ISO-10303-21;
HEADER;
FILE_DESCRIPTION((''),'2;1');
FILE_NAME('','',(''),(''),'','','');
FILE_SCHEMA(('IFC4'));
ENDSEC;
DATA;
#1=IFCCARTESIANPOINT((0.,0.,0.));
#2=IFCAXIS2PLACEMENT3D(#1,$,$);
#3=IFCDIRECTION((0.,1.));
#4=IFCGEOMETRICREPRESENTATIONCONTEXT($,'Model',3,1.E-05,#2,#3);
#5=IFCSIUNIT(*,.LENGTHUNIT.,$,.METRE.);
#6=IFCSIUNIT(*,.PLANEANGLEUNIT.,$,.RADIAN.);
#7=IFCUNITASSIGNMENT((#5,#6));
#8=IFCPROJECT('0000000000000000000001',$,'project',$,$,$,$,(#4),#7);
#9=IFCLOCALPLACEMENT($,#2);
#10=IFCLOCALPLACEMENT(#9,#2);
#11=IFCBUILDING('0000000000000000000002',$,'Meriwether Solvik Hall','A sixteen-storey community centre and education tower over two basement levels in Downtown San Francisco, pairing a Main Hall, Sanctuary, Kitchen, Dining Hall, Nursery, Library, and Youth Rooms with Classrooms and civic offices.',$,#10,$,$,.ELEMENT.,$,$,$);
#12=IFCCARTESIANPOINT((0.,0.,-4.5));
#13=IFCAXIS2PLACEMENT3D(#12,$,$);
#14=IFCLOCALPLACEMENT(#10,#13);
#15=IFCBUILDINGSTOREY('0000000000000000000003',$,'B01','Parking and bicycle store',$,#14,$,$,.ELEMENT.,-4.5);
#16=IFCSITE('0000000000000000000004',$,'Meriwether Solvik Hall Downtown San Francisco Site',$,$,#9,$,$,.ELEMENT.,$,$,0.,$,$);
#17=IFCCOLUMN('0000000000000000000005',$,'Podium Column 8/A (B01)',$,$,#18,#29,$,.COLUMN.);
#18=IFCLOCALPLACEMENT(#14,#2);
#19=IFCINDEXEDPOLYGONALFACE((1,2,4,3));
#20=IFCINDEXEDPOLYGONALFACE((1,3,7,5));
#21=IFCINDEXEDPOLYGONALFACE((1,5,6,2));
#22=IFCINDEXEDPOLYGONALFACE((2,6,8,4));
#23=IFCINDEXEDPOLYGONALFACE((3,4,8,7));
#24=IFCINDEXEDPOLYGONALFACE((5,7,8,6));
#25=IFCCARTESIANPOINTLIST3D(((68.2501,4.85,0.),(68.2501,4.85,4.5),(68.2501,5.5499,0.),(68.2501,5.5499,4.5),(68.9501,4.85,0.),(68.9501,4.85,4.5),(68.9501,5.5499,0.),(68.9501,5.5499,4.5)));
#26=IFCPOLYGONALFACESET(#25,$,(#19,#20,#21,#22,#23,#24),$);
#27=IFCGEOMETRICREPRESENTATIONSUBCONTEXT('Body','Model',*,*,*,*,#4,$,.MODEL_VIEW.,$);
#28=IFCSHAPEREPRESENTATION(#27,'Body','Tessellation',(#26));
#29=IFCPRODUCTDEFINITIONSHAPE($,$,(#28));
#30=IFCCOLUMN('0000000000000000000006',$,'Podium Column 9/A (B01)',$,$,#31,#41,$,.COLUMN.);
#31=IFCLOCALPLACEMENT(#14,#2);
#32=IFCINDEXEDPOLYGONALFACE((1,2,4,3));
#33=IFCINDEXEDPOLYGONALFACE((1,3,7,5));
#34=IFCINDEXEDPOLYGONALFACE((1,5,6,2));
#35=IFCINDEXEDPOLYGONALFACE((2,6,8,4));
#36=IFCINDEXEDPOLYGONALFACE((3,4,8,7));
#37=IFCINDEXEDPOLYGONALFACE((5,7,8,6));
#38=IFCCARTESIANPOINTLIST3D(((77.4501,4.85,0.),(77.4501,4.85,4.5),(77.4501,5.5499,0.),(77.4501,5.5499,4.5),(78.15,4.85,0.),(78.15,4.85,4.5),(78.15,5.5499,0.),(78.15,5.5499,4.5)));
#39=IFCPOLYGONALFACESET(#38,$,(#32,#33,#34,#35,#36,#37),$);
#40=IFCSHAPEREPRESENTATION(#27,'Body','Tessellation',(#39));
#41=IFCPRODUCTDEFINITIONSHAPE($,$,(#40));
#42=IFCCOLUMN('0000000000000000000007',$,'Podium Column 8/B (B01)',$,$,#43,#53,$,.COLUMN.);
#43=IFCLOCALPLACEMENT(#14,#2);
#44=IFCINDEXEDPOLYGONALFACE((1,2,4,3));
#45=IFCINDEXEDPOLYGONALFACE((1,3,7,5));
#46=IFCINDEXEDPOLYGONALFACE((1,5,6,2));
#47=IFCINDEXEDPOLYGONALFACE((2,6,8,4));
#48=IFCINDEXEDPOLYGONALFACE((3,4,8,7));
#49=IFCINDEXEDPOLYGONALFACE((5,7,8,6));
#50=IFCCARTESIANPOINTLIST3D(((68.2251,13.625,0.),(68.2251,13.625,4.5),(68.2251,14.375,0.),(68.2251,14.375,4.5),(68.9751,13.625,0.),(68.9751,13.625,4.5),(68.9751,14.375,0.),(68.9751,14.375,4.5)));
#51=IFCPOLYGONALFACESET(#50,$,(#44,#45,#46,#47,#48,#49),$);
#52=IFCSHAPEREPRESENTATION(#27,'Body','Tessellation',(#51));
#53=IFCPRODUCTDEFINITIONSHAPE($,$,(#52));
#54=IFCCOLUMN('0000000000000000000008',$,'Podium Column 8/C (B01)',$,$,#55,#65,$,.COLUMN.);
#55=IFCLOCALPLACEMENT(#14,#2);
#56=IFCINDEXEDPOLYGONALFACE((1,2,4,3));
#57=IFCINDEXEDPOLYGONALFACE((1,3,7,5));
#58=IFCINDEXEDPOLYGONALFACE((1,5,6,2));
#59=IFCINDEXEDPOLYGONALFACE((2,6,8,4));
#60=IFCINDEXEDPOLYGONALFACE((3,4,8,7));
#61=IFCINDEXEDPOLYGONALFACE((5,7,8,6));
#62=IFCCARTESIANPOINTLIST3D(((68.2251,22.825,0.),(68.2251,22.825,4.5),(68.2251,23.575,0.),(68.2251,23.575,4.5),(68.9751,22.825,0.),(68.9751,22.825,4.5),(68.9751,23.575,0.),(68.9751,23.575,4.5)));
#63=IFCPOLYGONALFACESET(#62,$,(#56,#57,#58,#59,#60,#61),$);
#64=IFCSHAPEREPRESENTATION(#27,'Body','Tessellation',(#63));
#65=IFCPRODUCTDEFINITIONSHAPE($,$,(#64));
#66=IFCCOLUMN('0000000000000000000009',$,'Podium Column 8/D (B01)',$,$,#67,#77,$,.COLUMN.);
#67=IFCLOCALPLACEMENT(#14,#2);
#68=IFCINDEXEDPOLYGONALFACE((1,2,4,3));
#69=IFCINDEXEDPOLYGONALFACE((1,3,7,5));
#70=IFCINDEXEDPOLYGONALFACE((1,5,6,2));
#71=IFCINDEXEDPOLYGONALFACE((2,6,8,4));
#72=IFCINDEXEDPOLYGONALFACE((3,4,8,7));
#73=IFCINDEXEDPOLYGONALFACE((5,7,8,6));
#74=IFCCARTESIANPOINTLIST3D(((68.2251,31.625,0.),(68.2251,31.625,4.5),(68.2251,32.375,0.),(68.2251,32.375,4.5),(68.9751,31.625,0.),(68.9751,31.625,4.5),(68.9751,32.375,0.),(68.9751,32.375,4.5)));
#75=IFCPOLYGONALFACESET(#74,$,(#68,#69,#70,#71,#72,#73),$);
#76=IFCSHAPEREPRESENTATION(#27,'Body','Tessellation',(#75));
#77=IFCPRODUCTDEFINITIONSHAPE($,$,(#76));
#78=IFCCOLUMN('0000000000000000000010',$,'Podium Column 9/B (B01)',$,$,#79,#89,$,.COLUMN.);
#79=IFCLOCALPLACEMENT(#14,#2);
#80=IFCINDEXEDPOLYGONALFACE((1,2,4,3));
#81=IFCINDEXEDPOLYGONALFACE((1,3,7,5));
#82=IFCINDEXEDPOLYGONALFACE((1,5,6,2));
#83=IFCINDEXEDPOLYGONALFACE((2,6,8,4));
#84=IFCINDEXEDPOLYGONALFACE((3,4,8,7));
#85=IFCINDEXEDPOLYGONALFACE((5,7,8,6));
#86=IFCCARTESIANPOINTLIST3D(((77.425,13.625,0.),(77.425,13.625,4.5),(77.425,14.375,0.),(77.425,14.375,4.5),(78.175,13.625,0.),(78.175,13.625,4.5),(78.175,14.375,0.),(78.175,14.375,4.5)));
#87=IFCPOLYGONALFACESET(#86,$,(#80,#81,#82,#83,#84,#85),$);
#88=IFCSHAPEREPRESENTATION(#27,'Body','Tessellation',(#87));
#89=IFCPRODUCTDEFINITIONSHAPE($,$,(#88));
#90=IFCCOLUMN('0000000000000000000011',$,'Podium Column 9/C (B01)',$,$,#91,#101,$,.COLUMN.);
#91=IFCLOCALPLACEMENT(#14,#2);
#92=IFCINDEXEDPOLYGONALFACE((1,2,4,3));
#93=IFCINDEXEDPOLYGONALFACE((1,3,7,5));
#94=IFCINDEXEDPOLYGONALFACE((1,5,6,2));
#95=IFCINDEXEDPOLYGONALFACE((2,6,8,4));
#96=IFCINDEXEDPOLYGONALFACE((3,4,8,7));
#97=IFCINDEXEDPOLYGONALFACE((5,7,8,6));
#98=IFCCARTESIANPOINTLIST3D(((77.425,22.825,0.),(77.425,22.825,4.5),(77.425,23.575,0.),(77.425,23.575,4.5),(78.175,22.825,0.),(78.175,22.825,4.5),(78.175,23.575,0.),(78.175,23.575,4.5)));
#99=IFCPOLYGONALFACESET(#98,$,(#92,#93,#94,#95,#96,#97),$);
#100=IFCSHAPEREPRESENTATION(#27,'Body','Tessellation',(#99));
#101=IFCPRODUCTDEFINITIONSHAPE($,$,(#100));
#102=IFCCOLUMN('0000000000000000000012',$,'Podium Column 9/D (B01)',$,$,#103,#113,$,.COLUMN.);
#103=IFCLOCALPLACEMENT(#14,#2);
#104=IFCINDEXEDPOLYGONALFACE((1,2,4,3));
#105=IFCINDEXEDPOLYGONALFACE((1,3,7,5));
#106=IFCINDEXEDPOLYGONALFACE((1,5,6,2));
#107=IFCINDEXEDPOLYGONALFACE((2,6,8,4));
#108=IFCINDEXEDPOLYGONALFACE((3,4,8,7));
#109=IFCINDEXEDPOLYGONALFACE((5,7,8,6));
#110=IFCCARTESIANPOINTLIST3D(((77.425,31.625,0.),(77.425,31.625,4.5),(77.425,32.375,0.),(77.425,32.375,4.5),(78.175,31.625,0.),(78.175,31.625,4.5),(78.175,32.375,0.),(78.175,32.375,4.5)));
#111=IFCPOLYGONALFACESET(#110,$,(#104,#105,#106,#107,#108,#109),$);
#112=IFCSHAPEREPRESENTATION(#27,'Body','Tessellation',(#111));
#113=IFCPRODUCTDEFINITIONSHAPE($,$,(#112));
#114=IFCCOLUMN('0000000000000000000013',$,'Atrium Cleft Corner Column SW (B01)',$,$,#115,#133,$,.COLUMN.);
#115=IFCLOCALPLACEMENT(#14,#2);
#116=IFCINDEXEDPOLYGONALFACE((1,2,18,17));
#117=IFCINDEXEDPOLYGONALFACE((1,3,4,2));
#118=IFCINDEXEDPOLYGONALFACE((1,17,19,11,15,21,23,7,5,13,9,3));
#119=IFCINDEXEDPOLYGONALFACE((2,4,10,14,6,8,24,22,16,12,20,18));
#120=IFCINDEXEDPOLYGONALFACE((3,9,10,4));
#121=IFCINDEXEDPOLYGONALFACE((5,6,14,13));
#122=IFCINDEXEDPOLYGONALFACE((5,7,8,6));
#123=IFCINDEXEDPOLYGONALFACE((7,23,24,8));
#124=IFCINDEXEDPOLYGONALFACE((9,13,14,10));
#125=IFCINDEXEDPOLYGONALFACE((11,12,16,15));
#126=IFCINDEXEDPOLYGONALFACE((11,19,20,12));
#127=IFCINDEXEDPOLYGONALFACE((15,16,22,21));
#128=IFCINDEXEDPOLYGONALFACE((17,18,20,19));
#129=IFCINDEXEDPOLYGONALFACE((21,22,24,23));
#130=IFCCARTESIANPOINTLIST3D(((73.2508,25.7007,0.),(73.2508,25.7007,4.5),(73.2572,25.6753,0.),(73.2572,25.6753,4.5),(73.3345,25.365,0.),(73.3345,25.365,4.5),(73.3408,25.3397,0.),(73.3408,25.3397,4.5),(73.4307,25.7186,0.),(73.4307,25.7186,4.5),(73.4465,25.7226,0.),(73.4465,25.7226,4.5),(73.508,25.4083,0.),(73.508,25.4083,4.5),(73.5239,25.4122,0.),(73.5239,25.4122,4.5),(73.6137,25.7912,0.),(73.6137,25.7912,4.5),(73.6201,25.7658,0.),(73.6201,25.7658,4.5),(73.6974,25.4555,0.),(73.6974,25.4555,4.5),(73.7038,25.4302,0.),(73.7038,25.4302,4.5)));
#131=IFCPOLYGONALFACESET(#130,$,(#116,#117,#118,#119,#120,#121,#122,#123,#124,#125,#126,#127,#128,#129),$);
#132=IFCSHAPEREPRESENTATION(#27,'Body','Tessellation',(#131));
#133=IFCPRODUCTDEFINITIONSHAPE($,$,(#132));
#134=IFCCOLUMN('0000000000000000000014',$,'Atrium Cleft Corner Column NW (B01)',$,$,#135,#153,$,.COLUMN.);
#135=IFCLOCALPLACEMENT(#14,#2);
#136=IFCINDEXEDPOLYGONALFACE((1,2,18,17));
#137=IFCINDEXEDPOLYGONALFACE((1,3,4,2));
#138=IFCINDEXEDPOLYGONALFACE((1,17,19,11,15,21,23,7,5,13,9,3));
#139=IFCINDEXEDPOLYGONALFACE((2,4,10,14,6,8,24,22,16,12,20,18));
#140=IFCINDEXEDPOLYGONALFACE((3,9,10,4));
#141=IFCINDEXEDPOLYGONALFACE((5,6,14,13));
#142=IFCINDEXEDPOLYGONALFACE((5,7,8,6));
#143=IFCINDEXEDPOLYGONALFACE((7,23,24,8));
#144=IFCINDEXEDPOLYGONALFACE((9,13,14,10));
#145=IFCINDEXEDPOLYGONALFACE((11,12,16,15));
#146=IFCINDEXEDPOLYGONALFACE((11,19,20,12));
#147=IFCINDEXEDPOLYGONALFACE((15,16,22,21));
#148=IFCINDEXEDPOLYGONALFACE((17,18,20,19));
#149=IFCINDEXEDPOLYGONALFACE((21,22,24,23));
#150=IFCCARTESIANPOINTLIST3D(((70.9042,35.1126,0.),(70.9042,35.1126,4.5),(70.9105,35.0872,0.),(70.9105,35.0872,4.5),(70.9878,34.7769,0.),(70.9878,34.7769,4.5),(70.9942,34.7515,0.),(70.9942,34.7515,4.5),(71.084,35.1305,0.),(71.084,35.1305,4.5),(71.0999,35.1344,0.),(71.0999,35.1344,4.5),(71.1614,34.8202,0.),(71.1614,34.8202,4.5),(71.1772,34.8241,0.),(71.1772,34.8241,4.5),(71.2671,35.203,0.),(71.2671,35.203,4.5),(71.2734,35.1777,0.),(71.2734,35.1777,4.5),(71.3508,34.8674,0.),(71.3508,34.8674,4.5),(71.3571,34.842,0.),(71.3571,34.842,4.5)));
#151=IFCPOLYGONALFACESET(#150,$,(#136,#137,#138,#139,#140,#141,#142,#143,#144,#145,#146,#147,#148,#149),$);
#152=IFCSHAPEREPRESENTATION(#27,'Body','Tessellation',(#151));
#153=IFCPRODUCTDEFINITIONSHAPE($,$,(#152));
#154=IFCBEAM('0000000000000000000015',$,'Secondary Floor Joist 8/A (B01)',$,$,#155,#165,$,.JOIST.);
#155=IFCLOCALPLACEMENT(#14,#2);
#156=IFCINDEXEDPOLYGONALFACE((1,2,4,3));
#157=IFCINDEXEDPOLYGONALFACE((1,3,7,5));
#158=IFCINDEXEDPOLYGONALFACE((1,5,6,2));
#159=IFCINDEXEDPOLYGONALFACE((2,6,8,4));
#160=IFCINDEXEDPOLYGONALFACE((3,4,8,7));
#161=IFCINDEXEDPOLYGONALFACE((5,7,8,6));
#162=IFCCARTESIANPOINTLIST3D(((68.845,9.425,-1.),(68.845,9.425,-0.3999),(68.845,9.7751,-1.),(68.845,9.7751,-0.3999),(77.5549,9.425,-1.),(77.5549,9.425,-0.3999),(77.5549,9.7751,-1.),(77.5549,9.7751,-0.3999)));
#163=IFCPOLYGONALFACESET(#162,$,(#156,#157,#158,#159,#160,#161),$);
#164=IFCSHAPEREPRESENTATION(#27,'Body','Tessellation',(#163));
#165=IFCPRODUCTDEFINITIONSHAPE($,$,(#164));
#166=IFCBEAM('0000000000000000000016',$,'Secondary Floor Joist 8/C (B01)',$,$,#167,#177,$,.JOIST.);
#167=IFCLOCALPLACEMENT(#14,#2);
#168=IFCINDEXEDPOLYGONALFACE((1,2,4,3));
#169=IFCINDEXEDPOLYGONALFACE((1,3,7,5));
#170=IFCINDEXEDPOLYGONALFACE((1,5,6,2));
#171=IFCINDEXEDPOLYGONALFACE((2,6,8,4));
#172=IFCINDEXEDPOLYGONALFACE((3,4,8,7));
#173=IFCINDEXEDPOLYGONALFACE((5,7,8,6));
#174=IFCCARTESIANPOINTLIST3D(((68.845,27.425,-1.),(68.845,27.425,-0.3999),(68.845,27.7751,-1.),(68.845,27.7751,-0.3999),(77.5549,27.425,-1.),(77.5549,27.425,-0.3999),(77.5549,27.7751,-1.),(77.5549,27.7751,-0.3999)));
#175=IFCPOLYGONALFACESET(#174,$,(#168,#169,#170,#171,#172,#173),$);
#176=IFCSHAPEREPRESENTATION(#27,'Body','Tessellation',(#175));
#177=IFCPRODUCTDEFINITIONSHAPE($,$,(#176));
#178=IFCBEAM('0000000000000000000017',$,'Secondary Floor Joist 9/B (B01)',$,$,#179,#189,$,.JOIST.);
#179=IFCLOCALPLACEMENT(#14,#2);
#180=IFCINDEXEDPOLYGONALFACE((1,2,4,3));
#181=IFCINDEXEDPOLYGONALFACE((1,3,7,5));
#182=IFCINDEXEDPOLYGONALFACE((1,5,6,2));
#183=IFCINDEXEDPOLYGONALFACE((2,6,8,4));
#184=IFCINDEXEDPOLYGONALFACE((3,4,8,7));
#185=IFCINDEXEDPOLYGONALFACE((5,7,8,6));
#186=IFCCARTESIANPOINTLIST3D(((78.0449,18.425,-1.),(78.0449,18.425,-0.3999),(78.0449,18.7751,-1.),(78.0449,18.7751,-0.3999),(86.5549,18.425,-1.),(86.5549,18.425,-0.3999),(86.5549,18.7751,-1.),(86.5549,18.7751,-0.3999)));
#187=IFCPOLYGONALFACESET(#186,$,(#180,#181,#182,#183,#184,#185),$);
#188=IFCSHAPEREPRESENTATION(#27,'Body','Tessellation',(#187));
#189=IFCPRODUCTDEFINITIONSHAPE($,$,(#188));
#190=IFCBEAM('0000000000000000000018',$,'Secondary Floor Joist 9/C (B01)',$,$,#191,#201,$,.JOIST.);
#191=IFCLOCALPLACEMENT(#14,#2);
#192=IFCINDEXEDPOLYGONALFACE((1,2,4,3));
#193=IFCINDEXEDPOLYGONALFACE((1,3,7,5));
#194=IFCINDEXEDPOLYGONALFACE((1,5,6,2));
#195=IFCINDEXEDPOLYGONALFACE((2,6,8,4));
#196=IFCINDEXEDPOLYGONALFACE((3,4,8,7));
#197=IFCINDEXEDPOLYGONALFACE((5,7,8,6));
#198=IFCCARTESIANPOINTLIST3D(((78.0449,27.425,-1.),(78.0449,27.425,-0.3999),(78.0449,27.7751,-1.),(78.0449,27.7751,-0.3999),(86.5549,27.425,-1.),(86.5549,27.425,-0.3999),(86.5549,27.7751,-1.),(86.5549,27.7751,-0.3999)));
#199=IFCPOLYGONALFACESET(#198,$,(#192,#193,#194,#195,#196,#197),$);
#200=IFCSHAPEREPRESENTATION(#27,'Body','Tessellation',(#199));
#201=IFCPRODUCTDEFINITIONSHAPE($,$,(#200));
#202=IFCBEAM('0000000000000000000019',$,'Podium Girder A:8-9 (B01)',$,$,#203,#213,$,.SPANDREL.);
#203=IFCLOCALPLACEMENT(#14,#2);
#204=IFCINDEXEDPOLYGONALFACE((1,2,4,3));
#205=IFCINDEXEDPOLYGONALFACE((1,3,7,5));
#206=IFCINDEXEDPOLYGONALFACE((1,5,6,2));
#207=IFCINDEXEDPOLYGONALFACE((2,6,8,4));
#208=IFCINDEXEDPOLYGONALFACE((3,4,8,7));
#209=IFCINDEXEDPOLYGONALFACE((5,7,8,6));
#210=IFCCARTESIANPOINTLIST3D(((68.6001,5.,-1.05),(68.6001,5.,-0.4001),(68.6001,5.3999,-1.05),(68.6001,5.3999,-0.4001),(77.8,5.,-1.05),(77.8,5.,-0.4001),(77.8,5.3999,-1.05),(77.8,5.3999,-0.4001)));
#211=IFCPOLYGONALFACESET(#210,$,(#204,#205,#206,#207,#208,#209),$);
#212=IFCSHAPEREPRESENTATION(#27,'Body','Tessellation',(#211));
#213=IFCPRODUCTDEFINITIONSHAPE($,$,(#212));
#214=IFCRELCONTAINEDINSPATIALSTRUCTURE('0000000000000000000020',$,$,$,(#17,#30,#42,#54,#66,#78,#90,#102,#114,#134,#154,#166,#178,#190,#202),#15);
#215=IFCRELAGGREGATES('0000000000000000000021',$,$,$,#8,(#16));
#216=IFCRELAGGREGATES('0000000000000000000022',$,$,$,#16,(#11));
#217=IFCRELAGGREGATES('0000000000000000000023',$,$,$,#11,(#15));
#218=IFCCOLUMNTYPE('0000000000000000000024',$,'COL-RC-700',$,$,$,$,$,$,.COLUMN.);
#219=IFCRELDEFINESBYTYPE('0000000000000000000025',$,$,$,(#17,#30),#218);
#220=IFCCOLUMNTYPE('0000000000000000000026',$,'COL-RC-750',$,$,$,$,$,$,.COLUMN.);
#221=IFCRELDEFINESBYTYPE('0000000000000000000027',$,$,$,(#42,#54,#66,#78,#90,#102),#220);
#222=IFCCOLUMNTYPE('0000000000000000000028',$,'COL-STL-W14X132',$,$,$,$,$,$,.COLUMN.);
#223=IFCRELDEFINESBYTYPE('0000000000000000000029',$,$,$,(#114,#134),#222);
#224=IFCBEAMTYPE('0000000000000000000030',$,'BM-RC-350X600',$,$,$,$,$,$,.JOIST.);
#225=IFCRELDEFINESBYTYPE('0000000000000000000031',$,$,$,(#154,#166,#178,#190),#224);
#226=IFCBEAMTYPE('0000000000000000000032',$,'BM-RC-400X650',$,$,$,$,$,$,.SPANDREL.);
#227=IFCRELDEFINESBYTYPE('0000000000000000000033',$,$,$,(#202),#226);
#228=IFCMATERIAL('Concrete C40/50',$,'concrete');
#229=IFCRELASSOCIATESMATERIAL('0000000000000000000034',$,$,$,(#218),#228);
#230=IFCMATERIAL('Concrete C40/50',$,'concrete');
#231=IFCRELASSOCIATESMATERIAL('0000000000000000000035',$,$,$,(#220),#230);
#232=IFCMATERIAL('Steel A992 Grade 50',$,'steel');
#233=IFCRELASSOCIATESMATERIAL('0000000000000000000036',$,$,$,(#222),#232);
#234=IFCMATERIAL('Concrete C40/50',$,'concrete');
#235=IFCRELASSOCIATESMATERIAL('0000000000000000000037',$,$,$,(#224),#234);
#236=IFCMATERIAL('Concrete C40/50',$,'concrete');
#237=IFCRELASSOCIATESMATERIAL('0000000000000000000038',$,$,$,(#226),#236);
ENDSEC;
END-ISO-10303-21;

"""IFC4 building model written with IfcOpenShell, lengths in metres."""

from ifc_helpers import new_model, si_unit, direction, frame, origin, origin_2d, place, context, subcontext, project, spatial, rectangle, i_section, extrude, material, material_profile, profile_set, type_object, element, save


model = new_model("IFC4")

# Units and contexts
model_context = context("Model", 3, precision=1e-05, world=origin(), true_north=direction((0.0, 1.0)))
body_context = subcontext(model_context, "Body", "Model", "MODEL_VIEW")
ifc_project = project(units=[si_unit("LENGTHUNIT", "METRE"), si_unit("PLANEANGLEUNIT", "RADIAN")], contexts=[model_context])

# Site, building, storey
site_placement = place(None, origin())
site = spatial("IfcSite", under=ifc_project, at=site_placement, Name="Meriwether Solvik Hall Downtown San Francisco Site", CompositionType="ELEMENT", RefElevation=0.0)
building_placement = place(site_placement, origin())
building = spatial("IfcBuilding", under=site, at=building_placement, Name="Meriwether Solvik Hall", Description="A sixteen-storey community centre and education tower over two basement levels in Downtown San Francisco, pairing a Main Hall, Sanctuary, Kitchen, Dining Hall, Nursery, Library, and Youth Rooms with Classrooms and civic offices.", CompositionType="ELEMENT")
storey_placement = place(building_placement, frame((0.0, 0.0, -4.5)))
storey = spatial("IfcBuildingStorey", under=building, at=storey_placement, Name="B01", Description="Parking and bicycle store", CompositionType="ELEMENT", Elevation=-4.5)

# Columns
ifc_material_1 = material(Name="Concrete C40/50", Category="concrete")
ifc_material_profile_1 = material_profile(ifc_material_1, rectangle(XDim=0.7, YDim=0.7, at=origin_2d()), Name="RCC-700X700")
ifc_profile_set_1 = profile_set([ifc_material_profile_1], Name="Concrete C40/50")
column_type_1 = type_object("IfcColumnType", Name="COL-RC-700", PredefinedType="COLUMN", material=ifc_profile_set_1)
for number, where, z_axis, x_axis, name in (
    (1, (68.6001, 5.2, 0.0), (0.0, 0.0, 1.0), (1.0, 0.0, 0.0), "Podium Column 8/A (B01)"),
    (2, (77.8, 5.2, 0.0), (0.0, 0.0, 1.0), (1.0, 0.0, 0.0), "Podium Column 9/A (B01)"),
):
    element("IfcColumn", number, at=place(storey_placement, frame(where, z_axis=z_axis, x_axis=x_axis)), inside=storey, type_object=column_type_1, Name=name, PredefinedType="COLUMN", context=body_context, shape_type="SweptSolid", body=[
        extrude(rectangle(XDim=0.7, YDim=0.7, at=origin_2d()), origin(), (0.0, 0.0, 1.0), 4.5),
    ])
ifc_material_2 = material(Name="Concrete C40/50", Category="concrete")
ifc_material_profile_2 = material_profile(ifc_material_2, rectangle(XDim=0.75, YDim=0.75, at=origin_2d()), Name="RCC-750X750")
ifc_profile_set_2 = profile_set([ifc_material_profile_2], Name="Concrete C40/50")
column_type_2 = type_object("IfcColumnType", Name="COL-RC-750", PredefinedType="COLUMN", material=ifc_profile_set_2)
for number, where, z_axis, x_axis, name in (
    (3, (68.6001, 14.0, 0.0), (0.0, 0.0, 1.0), (1.0, 0.0, 0.0), "Podium Column 8/B (B01)"),
    (4, (68.6001, 23.2, 0.0), (0.0, 0.0, 1.0), (1.0, 0.0, 0.0), "Podium Column 8/C (B01)"),
    (5, (68.6001, 32.0, 0.0), (0.0, 0.0, 1.0), (1.0, 0.0, 0.0), "Podium Column 8/D (B01)"),
    (6, (77.8, 14.0, 0.0), (0.0, 0.0, 1.0), (1.0, 0.0, 0.0), "Podium Column 9/B (B01)"),
    (7, (77.8, 23.2, 0.0), (0.0, 0.0, 1.0), (1.0, 0.0, 0.0), "Podium Column 9/C (B01)"),
    (8, (77.8, 32.0, 0.0), (0.0, 0.0, 1.0), (1.0, 0.0, 0.0), "Podium Column 9/D (B01)"),
):
    element("IfcColumn", number, at=place(storey_placement, frame(where, z_axis=z_axis, x_axis=x_axis)), inside=storey, type_object=column_type_2, Name=name, PredefinedType="COLUMN", context=body_context, shape_type="SweptSolid", body=[
        extrude(rectangle(XDim=0.75, YDim=0.75, at=origin_2d()), origin(), (0.0, 0.0, 1.0), 4.5),
    ])
ifc_material_3 = material(Name="Steel A992 Grade 50", Category="steel")
ifc_material_profile_3 = material_profile(ifc_material_3, i_section(OverallWidth=0.374, OverallDepth=0.3721, WebThickness=0.0164, FlangeThickness=0.0261, at=origin_2d()), Name="W14X132")
ifc_profile_set_3 = profile_set([ifc_material_profile_3], Name="Steel A992 Grade 50")
column_type_3 = type_object("IfcColumnType", Name="COL-STL-W14X132", PredefinedType="COLUMN", material=ifc_profile_set_3)
for number, where, z_axis, x_axis, name in (
    (9, (73.4773, 25.5654, 0.0), (0.0, 0.0, 1.0), (0.970296, 0.241922, 0.0), "Atrium Cleft Corner Column SW (B01)"),
    (10, (71.1306, 34.9773, 0.0), (0.0, 0.0, 1.0), (0.970296, 0.241922, 0.0), "Atrium Cleft Corner Column NW (B01)"),
):
    element("IfcColumn", number, at=place(storey_placement, frame(where, z_axis=z_axis, x_axis=x_axis)), inside=storey, type_object=column_type_3, Name=name, PredefinedType="COLUMN", context=body_context, shape_type="SweptSolid", body=[
        extrude(i_section(OverallWidth=0.374, OverallDepth=0.3721, WebThickness=0.0164, FlangeThickness=0.0261, at=origin_2d()), origin(), (0.0, 0.0, 1.0), 4.5),
    ])

# Beams
ifc_material_4 = material(Name="Concrete C40/50", Category="concrete")
ifc_material_profile_4 = material_profile(ifc_material_4, rectangle(XDim=0.3501, YDim=0.6001, at=origin_2d()), Name="RCB-350X600")
ifc_profile_set_4 = profile_set([ifc_material_profile_4], Name="Concrete C40/50")
beam_type_1 = type_object("IfcBeamType", Name="BM-RC-350X600", PredefinedType="JOIST", material=ifc_profile_set_4)
for number, where, z_axis, x_axis, name in (
    (11, (68.845, 9.6001, -0.7), (1.0, 0.0, 0.0), (0.0, 1.0, 0.0), "Secondary Floor Joist 8/A (B01)"),
    (12, (68.845, 27.6001, -0.7), (1.0, 0.0, 0.0), (0.0, 1.0, 0.0), "Secondary Floor Joist 8/C (B01)"),
):
    element("IfcBeam", number, at=place(storey_placement, frame(where, z_axis=z_axis, x_axis=x_axis)), inside=storey, type_object=beam_type_1, Name=name, PredefinedType="JOIST", context=body_context, shape_type="SweptSolid", body=[
        extrude(rectangle(XDim=0.3501, YDim=0.6001, at=origin_2d()), origin(), (0.0, 0.0, 1.0), 8.71),
    ])
for number, where, z_axis, x_axis, name in (
    (13, (78.0449, 18.6001, -0.7), (1.0, 0.0, 0.0), (0.0, 1.0, 0.0), "Secondary Floor Joist 9/B (B01)"),
    (14, (78.0449, 27.6001, -0.7), (1.0, 0.0, 0.0), (0.0, 1.0, 0.0), "Secondary Floor Joist 9/C (B01)"),
):
    element("IfcBeam", number, at=place(storey_placement, frame(where, z_axis=z_axis, x_axis=x_axis)), inside=storey, type_object=beam_type_1, Name=name, PredefinedType="JOIST", context=body_context, shape_type="SweptSolid", body=[
        extrude(rectangle(XDim=0.3501, YDim=0.6001, at=origin_2d()), origin(), (0.0, 0.0, 1.0), 8.51),
    ])
ifc_material_5 = material(Name="Concrete C40/50", Category="concrete")
ifc_material_profile_5 = material_profile(ifc_material_5, rectangle(XDim=0.3999, YDim=0.6499, at=origin_2d()), Name="RCB-400X650")
ifc_profile_set_5 = profile_set([ifc_material_profile_5], Name="Concrete C40/50")
beam_type_2 = type_object("IfcBeamType", Name="BM-RC-400X650", PredefinedType="SPANDREL", material=ifc_profile_set_5)
beam_1_placement = place(storey_placement, frame((68.6001, 5.2, -0.7251), z_axis=(1.0, 0.0, 0.0), x_axis=(0.0, 1.0, 0.0)))
element("IfcBeam", 15, at=beam_1_placement, inside=storey, type_object=beam_type_2, Name="Podium Girder A:8-9 (B01)", PredefinedType="SPANDREL", context=body_context, shape_type="SweptSolid", body=[
    extrude(rectangle(XDim=0.3999, YDim=0.6499, at=origin_2d()), origin(), (0.0, 0.0, 1.0), 9.2),
])

save(model, "model.ifc")
